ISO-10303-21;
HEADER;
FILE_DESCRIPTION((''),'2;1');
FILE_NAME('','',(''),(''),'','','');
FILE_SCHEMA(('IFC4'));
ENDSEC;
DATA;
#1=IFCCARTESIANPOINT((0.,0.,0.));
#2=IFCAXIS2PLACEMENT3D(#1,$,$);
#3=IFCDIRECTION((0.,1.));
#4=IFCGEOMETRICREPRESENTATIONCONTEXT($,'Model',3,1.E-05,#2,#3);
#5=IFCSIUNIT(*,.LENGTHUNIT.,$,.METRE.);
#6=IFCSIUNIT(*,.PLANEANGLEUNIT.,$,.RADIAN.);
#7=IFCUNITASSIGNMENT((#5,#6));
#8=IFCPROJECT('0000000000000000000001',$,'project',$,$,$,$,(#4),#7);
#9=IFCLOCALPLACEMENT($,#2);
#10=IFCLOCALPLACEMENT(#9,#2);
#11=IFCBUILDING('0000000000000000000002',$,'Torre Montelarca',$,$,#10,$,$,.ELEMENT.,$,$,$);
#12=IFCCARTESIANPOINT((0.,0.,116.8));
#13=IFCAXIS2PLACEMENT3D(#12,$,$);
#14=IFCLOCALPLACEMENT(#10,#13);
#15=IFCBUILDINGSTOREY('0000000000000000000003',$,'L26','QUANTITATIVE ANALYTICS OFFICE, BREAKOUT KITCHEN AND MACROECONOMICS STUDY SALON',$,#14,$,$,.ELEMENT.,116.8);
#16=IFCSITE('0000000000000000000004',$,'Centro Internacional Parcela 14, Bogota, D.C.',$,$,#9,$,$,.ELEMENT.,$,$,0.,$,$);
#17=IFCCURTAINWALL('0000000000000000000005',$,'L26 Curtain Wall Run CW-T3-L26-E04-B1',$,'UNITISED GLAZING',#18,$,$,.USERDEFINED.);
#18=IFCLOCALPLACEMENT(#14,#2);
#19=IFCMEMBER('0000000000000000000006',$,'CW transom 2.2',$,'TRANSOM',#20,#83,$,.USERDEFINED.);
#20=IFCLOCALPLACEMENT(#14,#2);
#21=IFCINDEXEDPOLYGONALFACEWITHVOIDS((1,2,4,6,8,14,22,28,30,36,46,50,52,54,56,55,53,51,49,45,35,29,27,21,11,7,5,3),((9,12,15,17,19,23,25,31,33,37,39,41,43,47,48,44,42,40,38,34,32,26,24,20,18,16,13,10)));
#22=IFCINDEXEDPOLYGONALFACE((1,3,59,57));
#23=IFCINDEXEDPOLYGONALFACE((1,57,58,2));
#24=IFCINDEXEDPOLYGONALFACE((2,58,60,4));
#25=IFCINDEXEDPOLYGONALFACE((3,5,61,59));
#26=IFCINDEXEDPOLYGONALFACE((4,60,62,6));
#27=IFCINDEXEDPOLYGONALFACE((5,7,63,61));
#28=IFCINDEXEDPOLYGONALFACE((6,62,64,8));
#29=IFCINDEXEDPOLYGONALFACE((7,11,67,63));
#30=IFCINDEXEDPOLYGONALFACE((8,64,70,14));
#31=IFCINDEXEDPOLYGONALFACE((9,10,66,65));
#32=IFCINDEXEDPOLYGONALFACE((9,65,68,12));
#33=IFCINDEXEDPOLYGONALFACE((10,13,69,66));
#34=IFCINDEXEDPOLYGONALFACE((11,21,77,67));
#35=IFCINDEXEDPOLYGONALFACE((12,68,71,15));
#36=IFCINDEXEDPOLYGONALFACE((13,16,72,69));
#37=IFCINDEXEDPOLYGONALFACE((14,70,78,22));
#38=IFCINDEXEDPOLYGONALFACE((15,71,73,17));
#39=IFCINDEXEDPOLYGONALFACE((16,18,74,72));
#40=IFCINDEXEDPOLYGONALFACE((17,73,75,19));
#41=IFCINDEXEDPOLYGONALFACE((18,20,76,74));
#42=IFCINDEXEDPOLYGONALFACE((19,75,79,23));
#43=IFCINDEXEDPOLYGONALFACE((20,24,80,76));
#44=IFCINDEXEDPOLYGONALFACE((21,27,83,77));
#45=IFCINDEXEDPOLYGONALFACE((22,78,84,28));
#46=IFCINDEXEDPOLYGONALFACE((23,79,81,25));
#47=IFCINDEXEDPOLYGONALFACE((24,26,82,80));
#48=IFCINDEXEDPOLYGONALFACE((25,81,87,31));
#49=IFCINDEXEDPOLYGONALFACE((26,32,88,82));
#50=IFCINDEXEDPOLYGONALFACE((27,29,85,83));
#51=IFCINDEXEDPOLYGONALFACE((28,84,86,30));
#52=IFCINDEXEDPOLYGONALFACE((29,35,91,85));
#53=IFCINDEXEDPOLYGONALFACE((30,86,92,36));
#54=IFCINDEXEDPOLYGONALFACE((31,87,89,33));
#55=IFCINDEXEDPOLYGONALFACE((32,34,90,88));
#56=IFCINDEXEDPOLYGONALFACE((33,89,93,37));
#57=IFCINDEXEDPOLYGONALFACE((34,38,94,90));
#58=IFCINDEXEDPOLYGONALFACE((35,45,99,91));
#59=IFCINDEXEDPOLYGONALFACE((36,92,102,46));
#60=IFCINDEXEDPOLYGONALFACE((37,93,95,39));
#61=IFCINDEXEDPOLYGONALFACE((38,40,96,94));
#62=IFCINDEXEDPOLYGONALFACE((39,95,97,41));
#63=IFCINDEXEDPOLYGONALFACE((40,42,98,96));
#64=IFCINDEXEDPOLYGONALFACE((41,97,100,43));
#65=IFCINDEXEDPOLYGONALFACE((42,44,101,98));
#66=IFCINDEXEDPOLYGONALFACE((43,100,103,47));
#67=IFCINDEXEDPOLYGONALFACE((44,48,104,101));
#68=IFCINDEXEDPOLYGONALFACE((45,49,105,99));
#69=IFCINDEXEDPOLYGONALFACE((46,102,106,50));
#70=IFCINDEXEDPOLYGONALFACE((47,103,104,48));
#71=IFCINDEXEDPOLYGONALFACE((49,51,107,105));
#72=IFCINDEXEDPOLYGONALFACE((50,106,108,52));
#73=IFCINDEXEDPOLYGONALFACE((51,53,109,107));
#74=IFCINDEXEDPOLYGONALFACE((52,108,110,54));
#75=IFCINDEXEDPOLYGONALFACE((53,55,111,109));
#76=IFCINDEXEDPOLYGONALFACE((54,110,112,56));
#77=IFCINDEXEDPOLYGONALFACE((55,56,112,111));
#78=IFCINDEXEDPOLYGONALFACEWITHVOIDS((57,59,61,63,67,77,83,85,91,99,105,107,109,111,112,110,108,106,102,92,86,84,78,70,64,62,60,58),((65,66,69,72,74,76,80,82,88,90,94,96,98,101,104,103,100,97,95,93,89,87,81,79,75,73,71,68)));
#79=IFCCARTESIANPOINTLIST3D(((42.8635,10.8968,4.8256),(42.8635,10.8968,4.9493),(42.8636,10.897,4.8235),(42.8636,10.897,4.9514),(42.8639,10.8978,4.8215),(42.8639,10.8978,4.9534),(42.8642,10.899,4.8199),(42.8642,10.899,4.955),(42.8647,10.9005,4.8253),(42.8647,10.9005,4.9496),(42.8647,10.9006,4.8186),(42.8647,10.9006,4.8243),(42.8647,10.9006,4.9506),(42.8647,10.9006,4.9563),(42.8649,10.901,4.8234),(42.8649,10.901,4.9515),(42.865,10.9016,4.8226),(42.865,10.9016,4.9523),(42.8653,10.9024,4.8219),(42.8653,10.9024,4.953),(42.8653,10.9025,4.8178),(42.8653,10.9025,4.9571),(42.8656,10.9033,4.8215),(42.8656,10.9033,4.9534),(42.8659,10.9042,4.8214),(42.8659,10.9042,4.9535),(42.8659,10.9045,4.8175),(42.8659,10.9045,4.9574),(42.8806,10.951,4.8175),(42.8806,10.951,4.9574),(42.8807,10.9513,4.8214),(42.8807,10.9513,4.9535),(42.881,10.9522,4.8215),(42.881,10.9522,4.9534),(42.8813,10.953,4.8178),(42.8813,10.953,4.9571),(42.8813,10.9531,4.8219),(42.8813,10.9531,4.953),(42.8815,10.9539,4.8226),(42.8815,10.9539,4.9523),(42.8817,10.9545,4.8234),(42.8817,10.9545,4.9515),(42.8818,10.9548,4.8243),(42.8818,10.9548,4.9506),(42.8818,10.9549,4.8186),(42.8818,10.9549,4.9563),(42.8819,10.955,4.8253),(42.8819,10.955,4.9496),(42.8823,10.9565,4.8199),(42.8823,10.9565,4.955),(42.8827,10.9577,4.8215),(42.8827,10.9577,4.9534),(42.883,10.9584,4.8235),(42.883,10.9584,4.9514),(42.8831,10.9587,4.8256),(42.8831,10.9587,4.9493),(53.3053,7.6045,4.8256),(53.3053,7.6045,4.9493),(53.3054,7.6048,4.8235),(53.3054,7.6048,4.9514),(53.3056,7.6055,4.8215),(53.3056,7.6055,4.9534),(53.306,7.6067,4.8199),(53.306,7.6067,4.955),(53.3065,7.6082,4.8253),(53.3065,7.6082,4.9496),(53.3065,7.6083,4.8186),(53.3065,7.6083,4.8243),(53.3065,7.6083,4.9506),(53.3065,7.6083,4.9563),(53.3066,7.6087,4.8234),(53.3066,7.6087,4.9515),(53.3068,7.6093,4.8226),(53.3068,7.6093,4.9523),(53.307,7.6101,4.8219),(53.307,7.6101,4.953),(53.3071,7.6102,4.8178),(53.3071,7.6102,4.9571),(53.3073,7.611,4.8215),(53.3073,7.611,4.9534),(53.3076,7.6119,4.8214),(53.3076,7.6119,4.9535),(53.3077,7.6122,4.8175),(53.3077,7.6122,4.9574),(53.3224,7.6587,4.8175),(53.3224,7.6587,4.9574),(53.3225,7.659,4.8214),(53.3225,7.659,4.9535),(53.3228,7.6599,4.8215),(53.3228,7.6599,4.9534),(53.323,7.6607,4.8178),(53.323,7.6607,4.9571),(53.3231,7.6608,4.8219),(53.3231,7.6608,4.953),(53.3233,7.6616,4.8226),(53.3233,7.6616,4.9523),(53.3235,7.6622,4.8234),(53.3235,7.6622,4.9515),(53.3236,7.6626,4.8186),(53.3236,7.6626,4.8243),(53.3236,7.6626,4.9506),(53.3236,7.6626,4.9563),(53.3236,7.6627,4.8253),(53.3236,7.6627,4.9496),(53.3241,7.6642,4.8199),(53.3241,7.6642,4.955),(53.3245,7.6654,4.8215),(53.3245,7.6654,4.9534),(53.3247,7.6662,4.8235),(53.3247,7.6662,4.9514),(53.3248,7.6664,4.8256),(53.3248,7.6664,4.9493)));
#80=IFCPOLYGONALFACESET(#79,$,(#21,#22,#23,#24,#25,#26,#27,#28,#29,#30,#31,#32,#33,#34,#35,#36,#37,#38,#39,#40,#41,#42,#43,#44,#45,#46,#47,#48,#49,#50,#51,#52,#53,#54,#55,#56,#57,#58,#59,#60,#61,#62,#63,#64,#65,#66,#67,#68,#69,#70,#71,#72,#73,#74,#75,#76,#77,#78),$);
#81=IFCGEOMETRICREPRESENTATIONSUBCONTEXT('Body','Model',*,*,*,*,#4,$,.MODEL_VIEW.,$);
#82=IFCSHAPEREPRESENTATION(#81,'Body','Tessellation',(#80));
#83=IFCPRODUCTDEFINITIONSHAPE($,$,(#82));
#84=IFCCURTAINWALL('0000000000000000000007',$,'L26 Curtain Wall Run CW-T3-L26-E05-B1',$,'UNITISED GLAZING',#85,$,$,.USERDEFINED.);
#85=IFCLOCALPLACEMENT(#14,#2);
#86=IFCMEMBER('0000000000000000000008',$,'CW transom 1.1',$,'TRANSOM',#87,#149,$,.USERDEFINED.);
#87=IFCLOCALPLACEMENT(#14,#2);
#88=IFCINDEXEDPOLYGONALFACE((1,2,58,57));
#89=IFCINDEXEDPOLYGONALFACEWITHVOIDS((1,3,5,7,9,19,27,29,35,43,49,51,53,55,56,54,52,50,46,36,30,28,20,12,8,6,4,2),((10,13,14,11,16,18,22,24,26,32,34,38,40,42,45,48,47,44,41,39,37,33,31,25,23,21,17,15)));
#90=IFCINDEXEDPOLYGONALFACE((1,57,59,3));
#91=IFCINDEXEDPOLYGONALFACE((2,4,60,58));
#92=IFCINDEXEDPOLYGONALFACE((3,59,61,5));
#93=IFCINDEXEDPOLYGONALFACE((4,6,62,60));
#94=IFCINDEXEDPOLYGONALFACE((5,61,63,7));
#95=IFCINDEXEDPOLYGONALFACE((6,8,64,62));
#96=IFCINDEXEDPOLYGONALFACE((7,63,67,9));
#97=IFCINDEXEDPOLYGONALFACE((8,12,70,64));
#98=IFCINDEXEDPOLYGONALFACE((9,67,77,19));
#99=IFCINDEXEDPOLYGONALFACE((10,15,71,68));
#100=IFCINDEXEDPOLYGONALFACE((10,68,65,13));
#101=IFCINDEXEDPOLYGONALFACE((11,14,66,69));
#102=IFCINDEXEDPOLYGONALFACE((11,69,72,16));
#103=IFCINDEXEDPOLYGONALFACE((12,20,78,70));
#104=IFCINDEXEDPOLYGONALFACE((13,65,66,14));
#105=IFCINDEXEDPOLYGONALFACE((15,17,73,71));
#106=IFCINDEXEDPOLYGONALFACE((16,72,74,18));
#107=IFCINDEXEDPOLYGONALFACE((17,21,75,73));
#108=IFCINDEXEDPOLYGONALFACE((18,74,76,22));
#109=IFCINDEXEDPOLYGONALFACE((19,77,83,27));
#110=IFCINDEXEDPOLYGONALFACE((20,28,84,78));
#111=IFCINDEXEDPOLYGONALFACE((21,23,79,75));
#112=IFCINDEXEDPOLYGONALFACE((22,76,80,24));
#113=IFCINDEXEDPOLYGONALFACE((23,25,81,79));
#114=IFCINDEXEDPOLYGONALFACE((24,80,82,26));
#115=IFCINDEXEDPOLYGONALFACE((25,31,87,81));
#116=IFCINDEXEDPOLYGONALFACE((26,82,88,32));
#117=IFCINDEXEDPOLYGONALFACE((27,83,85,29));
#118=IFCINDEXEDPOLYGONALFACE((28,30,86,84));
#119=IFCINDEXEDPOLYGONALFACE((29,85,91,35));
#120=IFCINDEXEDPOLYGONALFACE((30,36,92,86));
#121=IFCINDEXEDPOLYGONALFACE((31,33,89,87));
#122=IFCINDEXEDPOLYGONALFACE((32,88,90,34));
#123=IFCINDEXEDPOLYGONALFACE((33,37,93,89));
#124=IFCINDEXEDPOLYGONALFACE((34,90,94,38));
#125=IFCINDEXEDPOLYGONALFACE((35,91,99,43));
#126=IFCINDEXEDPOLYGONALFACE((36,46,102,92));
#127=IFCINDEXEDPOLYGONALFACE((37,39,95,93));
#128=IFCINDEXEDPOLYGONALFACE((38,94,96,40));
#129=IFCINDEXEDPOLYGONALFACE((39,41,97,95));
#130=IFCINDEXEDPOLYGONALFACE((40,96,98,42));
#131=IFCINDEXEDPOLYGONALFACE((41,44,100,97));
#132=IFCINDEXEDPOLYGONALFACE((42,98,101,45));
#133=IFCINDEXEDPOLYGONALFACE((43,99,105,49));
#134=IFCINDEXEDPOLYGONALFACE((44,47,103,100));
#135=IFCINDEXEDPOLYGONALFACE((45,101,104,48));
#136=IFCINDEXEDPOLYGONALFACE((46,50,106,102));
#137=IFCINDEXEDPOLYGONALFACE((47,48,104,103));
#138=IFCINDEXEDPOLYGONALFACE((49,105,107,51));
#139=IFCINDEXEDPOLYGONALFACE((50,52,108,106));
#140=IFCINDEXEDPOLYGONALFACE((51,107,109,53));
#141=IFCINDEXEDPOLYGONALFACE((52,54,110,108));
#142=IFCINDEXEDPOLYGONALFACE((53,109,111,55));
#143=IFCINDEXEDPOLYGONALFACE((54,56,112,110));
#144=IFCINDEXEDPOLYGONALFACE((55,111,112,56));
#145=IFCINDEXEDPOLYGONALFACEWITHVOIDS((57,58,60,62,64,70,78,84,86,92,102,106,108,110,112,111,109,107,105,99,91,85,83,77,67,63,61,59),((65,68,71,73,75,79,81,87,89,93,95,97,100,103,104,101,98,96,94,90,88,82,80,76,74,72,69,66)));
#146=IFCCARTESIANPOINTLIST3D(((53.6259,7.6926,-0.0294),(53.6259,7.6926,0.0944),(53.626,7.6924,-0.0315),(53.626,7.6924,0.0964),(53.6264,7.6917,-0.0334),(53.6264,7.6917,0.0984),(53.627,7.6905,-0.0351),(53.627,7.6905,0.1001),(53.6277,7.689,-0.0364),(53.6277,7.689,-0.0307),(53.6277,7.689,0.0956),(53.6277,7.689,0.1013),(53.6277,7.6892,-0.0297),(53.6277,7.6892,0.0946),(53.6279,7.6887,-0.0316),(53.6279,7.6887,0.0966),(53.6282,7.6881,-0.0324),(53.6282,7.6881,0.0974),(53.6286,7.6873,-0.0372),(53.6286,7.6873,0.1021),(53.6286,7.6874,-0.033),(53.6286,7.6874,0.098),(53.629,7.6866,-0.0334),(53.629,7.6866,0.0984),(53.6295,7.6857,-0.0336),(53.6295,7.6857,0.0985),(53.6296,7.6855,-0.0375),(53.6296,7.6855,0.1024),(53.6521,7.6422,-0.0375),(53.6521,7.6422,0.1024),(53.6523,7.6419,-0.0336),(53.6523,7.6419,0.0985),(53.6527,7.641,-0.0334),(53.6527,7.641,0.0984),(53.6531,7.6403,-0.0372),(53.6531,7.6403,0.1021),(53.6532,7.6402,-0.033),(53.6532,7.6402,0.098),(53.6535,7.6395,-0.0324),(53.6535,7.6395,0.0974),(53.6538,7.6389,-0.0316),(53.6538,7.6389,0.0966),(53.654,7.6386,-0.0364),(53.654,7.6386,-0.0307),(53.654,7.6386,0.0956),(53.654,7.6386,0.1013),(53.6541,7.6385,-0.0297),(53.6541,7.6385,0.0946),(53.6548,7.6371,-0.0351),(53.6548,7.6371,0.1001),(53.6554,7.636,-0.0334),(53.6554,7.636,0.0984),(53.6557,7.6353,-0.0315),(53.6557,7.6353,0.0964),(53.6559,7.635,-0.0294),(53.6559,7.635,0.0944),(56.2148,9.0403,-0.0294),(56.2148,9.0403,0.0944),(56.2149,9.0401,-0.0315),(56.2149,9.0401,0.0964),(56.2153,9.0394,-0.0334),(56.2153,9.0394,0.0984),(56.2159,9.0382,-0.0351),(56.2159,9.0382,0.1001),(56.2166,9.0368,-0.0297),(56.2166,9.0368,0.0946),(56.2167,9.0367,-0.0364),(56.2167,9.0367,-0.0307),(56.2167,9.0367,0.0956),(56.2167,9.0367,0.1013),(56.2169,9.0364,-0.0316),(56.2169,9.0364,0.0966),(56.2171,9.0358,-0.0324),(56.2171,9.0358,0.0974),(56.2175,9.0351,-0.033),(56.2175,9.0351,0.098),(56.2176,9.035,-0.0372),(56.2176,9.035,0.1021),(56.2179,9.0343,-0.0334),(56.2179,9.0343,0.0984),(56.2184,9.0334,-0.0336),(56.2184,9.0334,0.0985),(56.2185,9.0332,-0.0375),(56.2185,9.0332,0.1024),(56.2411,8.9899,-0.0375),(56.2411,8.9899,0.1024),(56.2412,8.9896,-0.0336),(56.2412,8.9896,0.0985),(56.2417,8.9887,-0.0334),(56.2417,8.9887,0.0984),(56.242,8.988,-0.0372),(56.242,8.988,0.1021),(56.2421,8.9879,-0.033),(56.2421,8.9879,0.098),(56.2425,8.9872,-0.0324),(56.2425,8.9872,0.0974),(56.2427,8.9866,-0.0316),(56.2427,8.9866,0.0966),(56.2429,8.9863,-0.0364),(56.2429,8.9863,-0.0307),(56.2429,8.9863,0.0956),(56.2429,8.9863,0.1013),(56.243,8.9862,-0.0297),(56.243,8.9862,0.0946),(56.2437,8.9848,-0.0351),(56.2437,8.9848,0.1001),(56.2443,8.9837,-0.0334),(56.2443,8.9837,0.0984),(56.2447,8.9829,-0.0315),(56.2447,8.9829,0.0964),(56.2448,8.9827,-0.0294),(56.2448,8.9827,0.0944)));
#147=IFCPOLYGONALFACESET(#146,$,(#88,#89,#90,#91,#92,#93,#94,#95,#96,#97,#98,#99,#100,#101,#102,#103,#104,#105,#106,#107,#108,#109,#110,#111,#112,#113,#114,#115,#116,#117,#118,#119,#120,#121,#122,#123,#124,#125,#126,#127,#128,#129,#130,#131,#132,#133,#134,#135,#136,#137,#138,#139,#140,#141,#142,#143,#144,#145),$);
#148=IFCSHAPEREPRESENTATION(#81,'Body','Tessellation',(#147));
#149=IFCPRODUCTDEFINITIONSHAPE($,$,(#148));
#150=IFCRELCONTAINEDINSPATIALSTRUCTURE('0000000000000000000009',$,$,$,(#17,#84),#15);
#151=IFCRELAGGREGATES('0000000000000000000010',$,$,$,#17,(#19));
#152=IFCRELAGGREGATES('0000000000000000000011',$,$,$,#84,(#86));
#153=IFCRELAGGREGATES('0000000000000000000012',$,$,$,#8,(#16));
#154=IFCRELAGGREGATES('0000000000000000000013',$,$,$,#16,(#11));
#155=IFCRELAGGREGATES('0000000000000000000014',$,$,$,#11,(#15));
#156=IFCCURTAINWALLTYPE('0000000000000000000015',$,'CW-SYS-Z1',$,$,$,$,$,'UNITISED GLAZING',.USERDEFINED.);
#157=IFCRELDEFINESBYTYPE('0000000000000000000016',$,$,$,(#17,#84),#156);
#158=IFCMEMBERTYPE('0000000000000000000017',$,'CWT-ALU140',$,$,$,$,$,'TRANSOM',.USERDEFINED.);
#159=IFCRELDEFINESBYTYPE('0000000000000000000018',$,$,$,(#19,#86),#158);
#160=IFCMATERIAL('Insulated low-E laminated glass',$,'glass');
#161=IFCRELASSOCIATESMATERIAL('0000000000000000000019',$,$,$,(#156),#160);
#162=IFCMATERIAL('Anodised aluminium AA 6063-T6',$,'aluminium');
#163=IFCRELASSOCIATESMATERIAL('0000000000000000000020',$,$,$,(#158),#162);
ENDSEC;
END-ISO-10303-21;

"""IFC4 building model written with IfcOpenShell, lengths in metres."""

from ifc_helpers import new_model, si_unit, direction, frame, origin, origin_2d, place, context, subcontext, project, spatial, hollow_rectangle, extrude, source, transform, mapped, material, material_profile, profile_set, type_object, element, aggregate, save


model = new_model("IFC4")

# Units and contexts
model_context = context("Model", 3, precision=1e-05, world=origin(), true_north=direction((0.0, 1.0)))
body_context = subcontext(model_context, "Body", "Model", "MODEL_VIEW")
ifc_project = project(units=[si_unit("LENGTHUNIT", "METRE"), si_unit("PLANEANGLEUNIT", "RADIAN")], contexts=[model_context])

# Site, building, storey
site_placement = place(None, origin())
site = spatial("IfcSite", under=ifc_project, at=site_placement, Name="Centro Internacional Parcela 14, Bogota, D.C.", CompositionType="ELEMENT", RefElevation=0.0)
building_placement = place(site_placement, origin())
building = spatial("IfcBuilding", under=site, at=building_placement, Name="Torre Montelarca", CompositionType="ELEMENT")
storey_placement = place(building_placement, frame((0.0, 0.0, 116.8)))
storey = spatial("IfcBuildingStorey", under=building, at=storey_placement, Name="L26", Description="QUANTITATIVE ANALYTICS OFFICE, BREAKOUT KITCHEN AND MACROECONOMICS STUDY SALON", CompositionType="ELEMENT", Elevation=116.8)

# Curtain walls, members
ifc_material_1 = material(Name="Insulated low-E laminated glass", Category="glass")
curtain_wall_type = type_object("IfcCurtainWallType", Name="CW-SYS-Z1", ElementType="UNITISED GLAZING", PredefinedType="USERDEFINED", material=ifc_material_1)
curtain_wall_1_placement = place(storey_placement, origin())
curtain_wall_1 = element("IfcCurtainWall", 1, at=curtain_wall_1_placement, inside=storey, type_object=curtain_wall_type, Name="L26 Curtain Wall Run CW-T3-L26-E04-B1", ObjectType="UNITISED GLAZING", PredefinedType="USERDEFINED")
ifc_material_2 = material(Name="Anodised aluminium AA 6063-T6", Category="aluminium")
ifc_material_profile_1 = material_profile(ifc_material_2, hollow_rectangle(XDim=0.0649, YDim=0.1399, WallThickness=0.0039, InnerFilletRadius=0.0039, OuterFilletRadius=0.0081, at=origin_2d()), Name="ALU65X140X4", Category="aluminium")
ifc_profile_set_1 = profile_set([ifc_material_profile_1], Name="Anodised aluminium AA 6063-T6")
member_type_1 = type_object("IfcMemberType", Name="CWT-ALU140", ElementType="TRANSOM", PredefinedType="USERDEFINED", material=ifc_profile_set_1)
shared_shape_1 = source(origin(), body_context, "Body", "SweptSolid", [
    extrude(hollow_rectangle(XDim=0.0649, YDim=0.1399, WallThickness=0.0039, InnerFilletRadius=0.0039, OuterFilletRadius=0.0081, at=origin_2d()), origin(), (0.0, 0.0, 1.0), 10.9485),
])
member_1_placement = place(storey_placement, frame((42.8733, 10.9277, 4.8875), z_axis=(0.953717, -0.300706, 0.0), x_axis=(0.300706, 0.953717, 0.0)))
member_1 = element("IfcMember", 2, at=member_1_placement, type_object=member_type_1, Name="CW transom 2.2", ObjectType="TRANSOM", PredefinedType="USERDEFINED", context=body_context, shape_type="MappedRepresentation", body=[
    mapped(shared_shape_1, transform((0.0, 0.0, 0.0), scale=1.0)),
])
curtain_wall_2_placement = place(storey_placement, origin())
curtain_wall_2 = element("IfcCurtainWall", 3, at=curtain_wall_2_placement, inside=storey, type_object=curtain_wall_type, Name="L26 Curtain Wall Run CW-T3-L26-E05-B1", ObjectType="UNITISED GLAZING", PredefinedType="USERDEFINED")
shared_shape_2 = source(origin(), body_context, "Body", "SweptSolid", [
    extrude(hollow_rectangle(XDim=0.0649, YDim=0.1399, WallThickness=0.0039, InnerFilletRadius=0.0039, OuterFilletRadius=0.0081, at=origin_2d()), origin(), (0.0, 0.0, 1.0), 2.9187),
])
member_2_placement = place(storey_placement, frame((53.6409, 7.6638, 0.0325), z_axis=(0.887014, 0.461742, 0.0), x_axis=(-0.461742, 0.887014, 0.0)))
member_2 = element("IfcMember", 4, at=member_2_placement, type_object=member_type_1, Name="CW transom 1.1", ObjectType="TRANSOM", PredefinedType="USERDEFINED", context=body_context, shape_type="MappedRepresentation", body=[
    mapped(shared_shape_2, transform((0.0, 0.0, 0.0), scale=1.0)),
])

aggregate(curtain_wall_1, [member_1])
aggregate(curtain_wall_2, [member_2])

save(model, "model.ifc")
